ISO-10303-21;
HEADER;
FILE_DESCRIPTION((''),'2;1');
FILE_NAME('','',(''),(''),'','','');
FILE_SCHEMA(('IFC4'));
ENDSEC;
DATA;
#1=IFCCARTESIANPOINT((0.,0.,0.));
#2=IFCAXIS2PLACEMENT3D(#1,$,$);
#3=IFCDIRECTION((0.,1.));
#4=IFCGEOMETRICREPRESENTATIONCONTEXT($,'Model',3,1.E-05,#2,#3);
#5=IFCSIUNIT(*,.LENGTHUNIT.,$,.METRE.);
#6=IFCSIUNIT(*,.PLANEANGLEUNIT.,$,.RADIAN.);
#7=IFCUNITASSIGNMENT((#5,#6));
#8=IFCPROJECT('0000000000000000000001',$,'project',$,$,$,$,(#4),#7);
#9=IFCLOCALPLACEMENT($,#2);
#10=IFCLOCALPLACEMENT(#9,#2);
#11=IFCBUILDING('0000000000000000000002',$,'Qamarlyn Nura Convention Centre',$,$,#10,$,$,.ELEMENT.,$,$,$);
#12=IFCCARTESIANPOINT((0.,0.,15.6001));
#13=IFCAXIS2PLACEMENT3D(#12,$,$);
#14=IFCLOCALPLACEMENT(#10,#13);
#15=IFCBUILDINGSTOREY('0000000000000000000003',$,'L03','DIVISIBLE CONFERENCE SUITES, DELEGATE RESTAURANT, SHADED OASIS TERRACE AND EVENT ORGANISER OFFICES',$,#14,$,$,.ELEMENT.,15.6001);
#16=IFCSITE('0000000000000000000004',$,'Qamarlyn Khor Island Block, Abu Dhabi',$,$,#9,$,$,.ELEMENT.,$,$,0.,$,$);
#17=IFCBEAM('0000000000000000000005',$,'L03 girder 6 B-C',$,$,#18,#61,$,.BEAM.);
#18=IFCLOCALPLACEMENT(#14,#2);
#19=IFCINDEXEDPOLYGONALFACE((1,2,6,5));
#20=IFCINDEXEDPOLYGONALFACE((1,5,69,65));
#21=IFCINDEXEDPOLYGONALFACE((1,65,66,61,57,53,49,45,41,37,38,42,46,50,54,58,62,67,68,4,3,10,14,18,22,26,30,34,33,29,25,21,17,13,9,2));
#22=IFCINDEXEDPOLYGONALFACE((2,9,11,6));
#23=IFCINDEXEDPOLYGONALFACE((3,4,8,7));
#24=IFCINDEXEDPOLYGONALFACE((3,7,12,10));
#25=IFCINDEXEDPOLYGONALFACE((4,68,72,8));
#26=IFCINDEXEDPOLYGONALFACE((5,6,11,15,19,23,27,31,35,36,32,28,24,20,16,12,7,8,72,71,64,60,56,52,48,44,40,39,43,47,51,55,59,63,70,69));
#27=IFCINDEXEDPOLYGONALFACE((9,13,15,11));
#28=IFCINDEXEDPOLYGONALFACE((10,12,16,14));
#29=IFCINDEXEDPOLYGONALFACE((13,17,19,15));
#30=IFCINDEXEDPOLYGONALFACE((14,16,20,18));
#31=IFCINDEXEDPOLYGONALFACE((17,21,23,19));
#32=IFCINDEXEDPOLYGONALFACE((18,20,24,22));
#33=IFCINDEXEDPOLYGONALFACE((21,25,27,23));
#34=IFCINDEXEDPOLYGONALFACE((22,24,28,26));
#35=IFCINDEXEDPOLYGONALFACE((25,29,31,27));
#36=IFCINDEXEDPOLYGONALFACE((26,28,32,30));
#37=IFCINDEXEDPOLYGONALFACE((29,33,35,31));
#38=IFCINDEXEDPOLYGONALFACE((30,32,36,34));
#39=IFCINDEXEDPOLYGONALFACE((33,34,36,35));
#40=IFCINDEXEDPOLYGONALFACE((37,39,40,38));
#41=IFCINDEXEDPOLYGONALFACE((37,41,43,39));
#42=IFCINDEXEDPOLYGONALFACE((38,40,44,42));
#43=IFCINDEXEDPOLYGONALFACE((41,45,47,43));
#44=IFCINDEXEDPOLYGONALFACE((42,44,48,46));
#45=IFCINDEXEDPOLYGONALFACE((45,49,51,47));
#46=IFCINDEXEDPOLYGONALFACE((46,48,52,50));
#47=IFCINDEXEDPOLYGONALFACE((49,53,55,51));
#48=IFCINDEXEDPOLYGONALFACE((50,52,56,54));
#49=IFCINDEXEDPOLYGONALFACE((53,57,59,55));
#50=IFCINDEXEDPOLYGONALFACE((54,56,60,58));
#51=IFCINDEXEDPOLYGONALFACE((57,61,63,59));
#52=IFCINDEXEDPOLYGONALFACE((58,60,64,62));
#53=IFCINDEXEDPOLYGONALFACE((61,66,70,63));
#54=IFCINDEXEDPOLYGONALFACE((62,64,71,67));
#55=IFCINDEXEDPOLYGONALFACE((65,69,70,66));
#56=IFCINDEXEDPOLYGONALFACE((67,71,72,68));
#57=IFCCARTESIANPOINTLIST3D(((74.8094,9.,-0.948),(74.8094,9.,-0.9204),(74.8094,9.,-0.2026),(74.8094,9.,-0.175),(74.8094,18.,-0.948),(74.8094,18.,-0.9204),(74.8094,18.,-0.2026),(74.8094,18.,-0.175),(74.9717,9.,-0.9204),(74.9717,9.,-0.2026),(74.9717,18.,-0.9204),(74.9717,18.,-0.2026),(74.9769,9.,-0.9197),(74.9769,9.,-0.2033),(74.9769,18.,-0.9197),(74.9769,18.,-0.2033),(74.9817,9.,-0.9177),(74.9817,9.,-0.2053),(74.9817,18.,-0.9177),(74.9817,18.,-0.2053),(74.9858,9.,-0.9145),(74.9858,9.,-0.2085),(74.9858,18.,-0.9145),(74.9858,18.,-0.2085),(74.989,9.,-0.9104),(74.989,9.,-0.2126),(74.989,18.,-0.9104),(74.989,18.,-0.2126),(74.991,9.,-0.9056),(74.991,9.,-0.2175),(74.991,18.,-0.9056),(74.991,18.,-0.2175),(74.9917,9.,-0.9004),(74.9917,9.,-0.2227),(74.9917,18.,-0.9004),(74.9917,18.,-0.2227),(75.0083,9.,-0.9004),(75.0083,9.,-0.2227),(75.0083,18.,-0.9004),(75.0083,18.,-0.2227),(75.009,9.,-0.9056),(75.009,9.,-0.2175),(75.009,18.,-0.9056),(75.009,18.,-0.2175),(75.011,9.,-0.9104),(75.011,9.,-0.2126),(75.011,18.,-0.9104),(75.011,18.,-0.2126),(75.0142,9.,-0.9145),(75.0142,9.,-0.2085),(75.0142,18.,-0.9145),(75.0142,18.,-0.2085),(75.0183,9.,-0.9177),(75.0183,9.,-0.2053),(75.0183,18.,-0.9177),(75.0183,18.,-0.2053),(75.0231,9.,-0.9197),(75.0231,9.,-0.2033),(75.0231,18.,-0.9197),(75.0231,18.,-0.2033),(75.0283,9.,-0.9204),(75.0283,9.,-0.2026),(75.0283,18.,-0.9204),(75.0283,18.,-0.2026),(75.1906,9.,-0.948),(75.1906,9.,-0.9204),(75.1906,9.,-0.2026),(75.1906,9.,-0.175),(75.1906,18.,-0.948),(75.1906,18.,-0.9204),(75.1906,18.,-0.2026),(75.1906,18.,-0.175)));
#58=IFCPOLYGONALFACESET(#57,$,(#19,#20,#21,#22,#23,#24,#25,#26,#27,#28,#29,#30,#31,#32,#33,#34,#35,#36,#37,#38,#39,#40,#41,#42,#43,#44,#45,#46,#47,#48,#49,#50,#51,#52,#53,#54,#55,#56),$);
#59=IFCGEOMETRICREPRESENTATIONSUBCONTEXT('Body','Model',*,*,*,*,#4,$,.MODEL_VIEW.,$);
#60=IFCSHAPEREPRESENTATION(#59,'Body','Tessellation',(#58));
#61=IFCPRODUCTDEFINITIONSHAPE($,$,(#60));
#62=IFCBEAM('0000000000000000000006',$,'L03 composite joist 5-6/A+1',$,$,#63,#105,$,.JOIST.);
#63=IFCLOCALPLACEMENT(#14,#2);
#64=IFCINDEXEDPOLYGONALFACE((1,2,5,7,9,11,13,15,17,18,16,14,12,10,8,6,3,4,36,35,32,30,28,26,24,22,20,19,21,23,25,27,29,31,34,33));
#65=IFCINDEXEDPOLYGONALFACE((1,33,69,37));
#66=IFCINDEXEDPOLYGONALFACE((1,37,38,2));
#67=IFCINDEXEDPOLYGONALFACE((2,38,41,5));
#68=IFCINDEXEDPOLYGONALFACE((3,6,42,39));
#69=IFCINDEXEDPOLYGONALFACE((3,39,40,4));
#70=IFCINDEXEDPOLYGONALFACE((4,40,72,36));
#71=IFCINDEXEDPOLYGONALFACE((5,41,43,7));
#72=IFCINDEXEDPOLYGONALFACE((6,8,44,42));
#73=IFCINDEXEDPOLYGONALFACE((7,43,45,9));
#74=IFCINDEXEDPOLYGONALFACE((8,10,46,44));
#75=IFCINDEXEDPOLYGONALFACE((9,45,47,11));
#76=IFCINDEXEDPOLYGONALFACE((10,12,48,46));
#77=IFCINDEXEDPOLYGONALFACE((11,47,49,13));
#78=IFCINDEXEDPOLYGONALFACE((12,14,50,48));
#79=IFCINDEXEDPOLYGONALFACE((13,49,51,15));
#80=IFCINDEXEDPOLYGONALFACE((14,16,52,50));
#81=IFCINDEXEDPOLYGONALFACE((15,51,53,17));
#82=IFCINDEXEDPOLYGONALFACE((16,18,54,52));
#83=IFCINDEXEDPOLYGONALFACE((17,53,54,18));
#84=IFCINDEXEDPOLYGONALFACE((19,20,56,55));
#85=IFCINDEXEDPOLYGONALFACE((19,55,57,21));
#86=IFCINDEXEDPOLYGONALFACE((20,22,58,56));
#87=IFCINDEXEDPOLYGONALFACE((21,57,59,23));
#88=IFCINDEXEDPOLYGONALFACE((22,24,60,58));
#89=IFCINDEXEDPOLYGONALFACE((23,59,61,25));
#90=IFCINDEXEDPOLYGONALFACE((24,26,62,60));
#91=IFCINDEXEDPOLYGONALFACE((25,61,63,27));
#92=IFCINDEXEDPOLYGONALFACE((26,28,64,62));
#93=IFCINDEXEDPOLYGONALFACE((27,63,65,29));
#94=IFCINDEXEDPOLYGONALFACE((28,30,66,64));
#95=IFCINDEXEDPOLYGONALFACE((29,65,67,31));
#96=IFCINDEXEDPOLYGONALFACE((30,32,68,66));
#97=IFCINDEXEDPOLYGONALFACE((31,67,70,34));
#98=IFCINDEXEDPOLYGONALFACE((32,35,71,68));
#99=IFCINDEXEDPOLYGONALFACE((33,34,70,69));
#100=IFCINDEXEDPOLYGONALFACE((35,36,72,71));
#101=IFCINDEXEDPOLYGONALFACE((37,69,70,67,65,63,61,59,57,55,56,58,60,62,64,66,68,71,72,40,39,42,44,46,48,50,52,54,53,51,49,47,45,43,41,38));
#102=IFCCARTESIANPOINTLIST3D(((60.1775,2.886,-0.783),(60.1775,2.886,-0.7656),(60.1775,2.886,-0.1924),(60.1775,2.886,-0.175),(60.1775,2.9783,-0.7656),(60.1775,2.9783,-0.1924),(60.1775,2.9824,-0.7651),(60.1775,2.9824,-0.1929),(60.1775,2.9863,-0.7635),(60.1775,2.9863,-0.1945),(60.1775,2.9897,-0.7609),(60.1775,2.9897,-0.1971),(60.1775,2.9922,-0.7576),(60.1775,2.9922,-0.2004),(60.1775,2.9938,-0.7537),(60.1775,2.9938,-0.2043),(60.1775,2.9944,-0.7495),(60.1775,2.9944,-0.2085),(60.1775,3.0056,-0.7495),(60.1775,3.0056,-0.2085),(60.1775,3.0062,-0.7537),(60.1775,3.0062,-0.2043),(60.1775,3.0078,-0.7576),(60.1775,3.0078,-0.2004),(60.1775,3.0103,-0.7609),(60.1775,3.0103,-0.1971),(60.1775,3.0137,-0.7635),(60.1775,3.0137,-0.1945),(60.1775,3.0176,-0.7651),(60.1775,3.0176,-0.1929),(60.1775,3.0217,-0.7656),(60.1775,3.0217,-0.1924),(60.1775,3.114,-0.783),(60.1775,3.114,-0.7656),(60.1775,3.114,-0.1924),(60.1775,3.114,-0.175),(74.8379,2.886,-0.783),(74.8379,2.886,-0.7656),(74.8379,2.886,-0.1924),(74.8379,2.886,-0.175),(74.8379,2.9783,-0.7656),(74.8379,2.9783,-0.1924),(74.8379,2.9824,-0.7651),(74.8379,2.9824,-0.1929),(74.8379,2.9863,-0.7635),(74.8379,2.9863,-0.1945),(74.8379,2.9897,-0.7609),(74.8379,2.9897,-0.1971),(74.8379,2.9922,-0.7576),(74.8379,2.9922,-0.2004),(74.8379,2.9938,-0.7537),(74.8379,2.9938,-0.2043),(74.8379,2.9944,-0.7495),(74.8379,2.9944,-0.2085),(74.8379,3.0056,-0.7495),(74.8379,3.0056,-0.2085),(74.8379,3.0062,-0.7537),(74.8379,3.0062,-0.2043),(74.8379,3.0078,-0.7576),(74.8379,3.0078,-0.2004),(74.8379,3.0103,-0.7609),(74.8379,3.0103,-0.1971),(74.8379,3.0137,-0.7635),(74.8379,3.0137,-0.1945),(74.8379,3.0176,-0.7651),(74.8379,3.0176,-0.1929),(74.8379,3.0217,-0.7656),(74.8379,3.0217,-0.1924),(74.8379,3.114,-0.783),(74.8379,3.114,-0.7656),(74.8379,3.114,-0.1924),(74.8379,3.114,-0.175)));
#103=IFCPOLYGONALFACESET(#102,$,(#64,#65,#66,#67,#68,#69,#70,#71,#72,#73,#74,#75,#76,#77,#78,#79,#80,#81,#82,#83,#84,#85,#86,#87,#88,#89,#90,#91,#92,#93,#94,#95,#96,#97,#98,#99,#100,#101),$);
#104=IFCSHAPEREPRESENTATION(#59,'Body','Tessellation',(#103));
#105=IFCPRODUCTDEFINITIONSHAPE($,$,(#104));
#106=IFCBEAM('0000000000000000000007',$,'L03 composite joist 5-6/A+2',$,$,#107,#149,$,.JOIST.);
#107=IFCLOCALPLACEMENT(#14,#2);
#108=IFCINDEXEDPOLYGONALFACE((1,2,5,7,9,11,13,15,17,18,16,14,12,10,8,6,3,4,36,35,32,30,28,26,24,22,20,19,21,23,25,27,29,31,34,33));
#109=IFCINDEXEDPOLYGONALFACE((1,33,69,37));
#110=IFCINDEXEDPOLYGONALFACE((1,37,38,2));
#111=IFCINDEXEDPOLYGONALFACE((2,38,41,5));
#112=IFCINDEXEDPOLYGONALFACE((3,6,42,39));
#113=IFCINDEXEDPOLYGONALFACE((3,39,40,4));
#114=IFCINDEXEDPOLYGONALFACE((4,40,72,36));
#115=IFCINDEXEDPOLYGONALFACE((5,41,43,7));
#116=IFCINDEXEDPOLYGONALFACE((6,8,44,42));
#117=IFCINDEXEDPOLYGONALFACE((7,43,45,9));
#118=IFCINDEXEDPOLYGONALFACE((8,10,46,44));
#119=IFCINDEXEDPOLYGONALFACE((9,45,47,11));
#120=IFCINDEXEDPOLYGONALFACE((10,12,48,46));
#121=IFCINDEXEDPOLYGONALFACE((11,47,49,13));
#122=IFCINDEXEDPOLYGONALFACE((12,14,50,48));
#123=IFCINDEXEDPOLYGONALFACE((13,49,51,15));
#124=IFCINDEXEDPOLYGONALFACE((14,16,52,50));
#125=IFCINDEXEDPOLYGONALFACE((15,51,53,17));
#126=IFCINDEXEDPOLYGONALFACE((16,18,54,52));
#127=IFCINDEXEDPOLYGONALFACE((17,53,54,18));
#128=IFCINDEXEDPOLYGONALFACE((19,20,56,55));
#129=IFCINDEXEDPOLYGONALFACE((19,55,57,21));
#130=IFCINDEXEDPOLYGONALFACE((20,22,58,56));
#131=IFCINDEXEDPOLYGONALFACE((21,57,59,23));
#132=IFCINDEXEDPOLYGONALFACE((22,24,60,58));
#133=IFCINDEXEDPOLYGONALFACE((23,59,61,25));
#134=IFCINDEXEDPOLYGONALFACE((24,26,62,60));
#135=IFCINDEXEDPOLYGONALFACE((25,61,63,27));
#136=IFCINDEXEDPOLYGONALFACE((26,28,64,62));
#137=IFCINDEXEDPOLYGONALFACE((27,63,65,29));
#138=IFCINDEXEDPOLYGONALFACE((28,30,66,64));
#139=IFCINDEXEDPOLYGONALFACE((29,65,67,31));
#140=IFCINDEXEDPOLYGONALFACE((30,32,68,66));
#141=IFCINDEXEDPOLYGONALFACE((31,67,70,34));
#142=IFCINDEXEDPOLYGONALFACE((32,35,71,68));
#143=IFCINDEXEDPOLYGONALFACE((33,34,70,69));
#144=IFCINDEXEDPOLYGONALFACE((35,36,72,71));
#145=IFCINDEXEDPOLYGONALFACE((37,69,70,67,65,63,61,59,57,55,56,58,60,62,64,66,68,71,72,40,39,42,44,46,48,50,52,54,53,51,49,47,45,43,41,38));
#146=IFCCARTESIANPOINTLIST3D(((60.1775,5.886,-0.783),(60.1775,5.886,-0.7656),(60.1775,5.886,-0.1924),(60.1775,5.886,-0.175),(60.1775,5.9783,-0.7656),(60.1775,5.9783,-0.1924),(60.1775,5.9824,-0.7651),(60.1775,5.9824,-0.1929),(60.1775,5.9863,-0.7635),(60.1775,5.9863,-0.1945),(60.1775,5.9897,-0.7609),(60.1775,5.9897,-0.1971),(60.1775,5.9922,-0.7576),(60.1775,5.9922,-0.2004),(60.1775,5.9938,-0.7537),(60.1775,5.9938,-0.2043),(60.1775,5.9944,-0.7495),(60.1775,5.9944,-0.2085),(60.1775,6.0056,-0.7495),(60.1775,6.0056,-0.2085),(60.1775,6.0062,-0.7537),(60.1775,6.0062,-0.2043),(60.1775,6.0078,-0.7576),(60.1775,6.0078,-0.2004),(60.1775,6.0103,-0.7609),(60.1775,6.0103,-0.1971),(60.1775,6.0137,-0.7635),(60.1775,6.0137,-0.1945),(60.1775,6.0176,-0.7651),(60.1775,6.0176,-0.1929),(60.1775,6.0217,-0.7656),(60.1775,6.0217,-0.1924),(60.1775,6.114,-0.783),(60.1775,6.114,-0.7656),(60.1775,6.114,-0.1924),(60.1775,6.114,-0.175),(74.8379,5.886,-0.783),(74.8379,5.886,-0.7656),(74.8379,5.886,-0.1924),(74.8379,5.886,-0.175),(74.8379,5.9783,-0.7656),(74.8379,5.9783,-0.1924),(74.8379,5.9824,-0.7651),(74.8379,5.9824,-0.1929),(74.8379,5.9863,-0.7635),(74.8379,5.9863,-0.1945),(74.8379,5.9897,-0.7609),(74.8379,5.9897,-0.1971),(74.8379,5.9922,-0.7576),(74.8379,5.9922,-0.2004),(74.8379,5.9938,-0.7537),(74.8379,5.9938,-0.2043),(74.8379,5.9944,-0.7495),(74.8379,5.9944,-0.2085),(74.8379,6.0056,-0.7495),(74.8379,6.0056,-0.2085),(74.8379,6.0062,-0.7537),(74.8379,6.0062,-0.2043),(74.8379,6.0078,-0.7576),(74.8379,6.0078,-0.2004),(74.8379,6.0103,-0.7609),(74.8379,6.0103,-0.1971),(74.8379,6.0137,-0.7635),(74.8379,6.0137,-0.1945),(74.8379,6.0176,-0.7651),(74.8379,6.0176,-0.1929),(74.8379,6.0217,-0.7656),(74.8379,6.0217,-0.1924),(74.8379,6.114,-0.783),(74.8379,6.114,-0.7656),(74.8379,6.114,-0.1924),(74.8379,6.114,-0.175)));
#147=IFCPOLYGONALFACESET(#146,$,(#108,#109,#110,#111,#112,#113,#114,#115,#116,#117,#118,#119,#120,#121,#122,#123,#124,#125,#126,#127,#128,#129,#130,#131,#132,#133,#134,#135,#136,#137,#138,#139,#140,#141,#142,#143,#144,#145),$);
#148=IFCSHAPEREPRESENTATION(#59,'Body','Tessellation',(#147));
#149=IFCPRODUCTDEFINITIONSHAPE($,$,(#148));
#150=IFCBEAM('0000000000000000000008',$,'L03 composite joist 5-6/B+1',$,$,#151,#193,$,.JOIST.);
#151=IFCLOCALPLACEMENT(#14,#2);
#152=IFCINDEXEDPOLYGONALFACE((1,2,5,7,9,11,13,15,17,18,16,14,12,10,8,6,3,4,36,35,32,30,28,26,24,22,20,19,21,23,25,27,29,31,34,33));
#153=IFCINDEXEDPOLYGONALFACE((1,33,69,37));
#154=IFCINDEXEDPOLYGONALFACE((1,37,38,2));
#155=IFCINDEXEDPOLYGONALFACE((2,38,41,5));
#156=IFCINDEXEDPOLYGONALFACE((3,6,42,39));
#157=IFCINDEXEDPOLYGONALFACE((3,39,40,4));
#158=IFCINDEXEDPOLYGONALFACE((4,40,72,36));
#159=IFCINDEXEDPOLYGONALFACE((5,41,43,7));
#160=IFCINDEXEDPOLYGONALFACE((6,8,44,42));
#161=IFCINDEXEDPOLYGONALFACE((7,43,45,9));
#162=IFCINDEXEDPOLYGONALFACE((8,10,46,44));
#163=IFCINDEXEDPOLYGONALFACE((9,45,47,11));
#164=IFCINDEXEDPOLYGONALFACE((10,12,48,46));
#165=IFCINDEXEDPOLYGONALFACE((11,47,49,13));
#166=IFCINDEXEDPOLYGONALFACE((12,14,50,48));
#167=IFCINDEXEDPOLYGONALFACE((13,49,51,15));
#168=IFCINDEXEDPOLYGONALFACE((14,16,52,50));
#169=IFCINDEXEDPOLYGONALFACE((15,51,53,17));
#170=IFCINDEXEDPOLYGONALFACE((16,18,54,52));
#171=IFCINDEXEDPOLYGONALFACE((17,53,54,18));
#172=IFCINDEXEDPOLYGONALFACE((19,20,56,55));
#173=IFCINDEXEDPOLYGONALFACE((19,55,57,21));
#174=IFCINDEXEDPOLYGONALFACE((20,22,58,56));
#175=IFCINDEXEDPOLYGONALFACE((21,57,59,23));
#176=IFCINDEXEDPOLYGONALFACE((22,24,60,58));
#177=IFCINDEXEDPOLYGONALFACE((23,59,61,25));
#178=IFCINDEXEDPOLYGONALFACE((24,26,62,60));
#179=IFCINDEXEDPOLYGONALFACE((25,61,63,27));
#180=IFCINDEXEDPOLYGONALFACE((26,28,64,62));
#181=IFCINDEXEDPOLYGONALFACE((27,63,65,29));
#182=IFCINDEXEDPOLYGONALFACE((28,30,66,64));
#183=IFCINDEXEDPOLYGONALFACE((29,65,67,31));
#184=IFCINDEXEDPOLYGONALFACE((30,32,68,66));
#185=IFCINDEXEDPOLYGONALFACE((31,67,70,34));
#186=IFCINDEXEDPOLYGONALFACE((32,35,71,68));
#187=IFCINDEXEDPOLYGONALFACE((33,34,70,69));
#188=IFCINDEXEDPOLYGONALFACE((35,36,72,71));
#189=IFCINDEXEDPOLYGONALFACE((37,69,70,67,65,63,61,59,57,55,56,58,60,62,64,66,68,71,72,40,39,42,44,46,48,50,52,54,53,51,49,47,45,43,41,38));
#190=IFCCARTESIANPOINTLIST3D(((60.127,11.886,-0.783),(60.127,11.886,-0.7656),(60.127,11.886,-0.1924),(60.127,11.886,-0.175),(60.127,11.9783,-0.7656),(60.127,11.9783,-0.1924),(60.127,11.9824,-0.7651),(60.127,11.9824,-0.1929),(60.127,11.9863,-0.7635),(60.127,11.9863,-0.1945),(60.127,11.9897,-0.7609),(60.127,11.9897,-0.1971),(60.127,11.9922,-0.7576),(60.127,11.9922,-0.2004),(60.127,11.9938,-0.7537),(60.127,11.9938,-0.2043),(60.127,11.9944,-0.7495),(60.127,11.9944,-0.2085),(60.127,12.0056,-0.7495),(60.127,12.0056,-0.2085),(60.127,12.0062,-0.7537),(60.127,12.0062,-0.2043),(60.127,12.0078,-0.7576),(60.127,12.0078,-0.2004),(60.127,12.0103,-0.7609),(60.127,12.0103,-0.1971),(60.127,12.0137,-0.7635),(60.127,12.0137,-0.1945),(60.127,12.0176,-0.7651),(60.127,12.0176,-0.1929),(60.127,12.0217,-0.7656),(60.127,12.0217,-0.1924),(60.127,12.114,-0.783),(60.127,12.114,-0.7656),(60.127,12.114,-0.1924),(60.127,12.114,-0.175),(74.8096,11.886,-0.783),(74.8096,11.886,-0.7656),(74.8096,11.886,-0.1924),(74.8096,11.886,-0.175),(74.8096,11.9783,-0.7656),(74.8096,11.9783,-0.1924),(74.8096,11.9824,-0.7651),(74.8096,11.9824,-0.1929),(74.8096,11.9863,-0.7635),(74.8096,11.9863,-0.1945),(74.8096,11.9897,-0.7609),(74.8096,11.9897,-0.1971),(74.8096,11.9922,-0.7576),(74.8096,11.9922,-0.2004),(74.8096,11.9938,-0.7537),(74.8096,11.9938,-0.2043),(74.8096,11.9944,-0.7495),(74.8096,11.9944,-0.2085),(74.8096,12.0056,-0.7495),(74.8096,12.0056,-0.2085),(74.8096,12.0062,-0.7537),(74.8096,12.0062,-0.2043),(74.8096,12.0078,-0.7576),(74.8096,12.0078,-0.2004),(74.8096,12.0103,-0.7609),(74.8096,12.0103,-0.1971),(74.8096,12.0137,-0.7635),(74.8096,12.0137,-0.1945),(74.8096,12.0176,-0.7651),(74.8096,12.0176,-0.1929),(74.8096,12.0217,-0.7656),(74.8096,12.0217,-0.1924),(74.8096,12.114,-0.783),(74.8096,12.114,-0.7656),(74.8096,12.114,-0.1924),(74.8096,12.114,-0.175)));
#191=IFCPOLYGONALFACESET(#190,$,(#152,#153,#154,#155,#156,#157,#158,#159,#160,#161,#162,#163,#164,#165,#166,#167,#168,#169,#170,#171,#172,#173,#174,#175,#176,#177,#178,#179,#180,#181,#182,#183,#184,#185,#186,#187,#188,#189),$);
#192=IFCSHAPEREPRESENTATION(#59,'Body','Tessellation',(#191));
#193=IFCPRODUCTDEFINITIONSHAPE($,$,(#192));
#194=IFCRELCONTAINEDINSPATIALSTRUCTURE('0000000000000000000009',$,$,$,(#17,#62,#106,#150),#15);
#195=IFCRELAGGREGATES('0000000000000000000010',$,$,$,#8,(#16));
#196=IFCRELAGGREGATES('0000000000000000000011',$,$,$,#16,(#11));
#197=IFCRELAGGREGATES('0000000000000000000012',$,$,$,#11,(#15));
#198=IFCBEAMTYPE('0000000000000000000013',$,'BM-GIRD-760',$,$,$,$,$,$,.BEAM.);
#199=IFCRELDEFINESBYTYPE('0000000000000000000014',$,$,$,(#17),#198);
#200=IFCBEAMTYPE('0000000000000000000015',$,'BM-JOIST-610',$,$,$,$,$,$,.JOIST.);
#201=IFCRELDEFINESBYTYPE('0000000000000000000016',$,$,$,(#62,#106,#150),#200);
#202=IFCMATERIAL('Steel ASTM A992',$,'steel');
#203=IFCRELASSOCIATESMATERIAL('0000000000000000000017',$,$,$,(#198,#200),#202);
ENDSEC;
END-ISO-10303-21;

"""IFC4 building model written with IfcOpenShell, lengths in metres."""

from ifc_helpers import new_model, si_unit, direction, frame, origin, origin_2d, place, context, subcontext, project, spatial, i_section, extrude, material, material_profile, profile_set, type_object, element, save


model = new_model("IFC4")

# Units and contexts
model_context = context("Model", 3, precision=1e-05, world=origin(), true_north=direction((0.0, 1.0)))
body_context = subcontext(model_context, "Body", "Model", "MODEL_VIEW")
ifc_project = project(units=[si_unit("LENGTHUNIT", "METRE"), si_unit("PLANEANGLEUNIT", "RADIAN")], contexts=[model_context])

# Site, building, storey
site_placement = place(None, origin())
site = spatial("IfcSite", under=ifc_project, at=site_placement, Name="Qamarlyn Khor Island Block, Abu Dhabi", CompositionType="ELEMENT", RefElevation=0.0)
building_placement = place(site_placement, origin())
building = spatial("IfcBuilding", under=site, at=building_placement, Name="Qamarlyn Nura Convention Centre", CompositionType="ELEMENT")
storey_placement = place(building_placement, frame((0.0, 0.0, 15.6001)))
storey = spatial("IfcBuildingStorey", under=building, at=storey_placement, Name="L03", Description="DIVISIBLE CONFERENCE SUITES, DELEGATE RESTAURANT, SHADED OASIS TERRACE AND EVENT ORGANISER OFFICES", CompositionType="ELEMENT", Elevation=15.6001)

# Beams
ifc_material_1 = material(Name="Steel ASTM A992", Category="steel")
ifc_material_profile_1 = material_profile(ifc_material_1, i_section(OverallWidth=0.3811, OverallDepth=0.7729, WebThickness=0.0166, FlangeThickness=0.0276, FilletRadius=0.02, at=origin_2d()), Name="W760X257")
ifc_profile_set_1 = profile_set([ifc_material_profile_1], Name="Steel ASTM A992")
beam_type_1 = type_object("IfcBeamType", Name="BM-GIRD-760", PredefinedType="BEAM", material=ifc_profile_set_1)
beam_1_placement = place(storey_placement, frame((75.0, 9.0, -0.5615), z_axis=(0.0, 1.0, 0.0), x_axis=(-1.0, 0.0, 0.0)))
element("IfcBeam", 1, at=beam_1_placement, inside=storey, type_object=beam_type_1, Name="L03 girder 6 B-C", PredefinedType="BEAM", context=body_context, shape_type="SweptSolid", body=[
    extrude(i_section(OverallWidth=0.3811, OverallDepth=0.7729, WebThickness=0.0166, FlangeThickness=0.0276, FilletRadius=0.02, at=origin_2d()), origin(), (0.0, 0.0, 1.0), 9.0),
])
ifc_material_profile_2 = material_profile(ifc_material_1, i_section(OverallWidth=0.228, OverallDepth=0.6079, WebThickness=0.0112, FlangeThickness=0.0173, FilletRadius=0.0161, at=origin_2d()), Name="W610X113")
ifc_profile_set_2 = profile_set([ifc_material_profile_2], Name="Steel ASTM A992")
beam_type_2 = type_object("IfcBeamType", Name="BM-JOIST-610", PredefinedType="JOIST", material=ifc_profile_set_2)
for number, where, z_axis, x_axis, name in (
    (2, (60.1775, 3.0, -0.479), (1.0, 0.0, 0.0), (0.0, 1.0, 0.0), "L03 composite joist 5-6/A+1"),
    (3, (60.1775, 6.0, -0.479), (1.0, 0.0, 0.0), (0.0, 1.0, 0.0), "L03 composite joist 5-6/A+2"),
):
    element("IfcBeam", number, at=place(storey_placement, frame(where, z_axis=z_axis, x_axis=x_axis)), inside=storey, type_object=beam_type_2, Name=name, PredefinedType="JOIST", context=body_context, shape_type="SweptSolid", body=[
        extrude(i_section(OverallWidth=0.228, OverallDepth=0.6079, WebThickness=0.0112, FlangeThickness=0.0173, FilletRadius=0.0161, at=origin_2d()), origin(), (0.0, 0.0, 1.0), 14.6604),
    ])
beam_2_placement = place(storey_placement, frame((60.127, 12.0, -0.479), z_axis=(1.0, 0.0, 0.0), x_axis=(0.0, 1.0, 0.0)))
element("IfcBeam", 4, at=beam_2_placement, inside=storey, type_object=beam_type_2, Name="L03 composite joist 5-6/B+1", PredefinedType="JOIST", context=body_context, shape_type="SweptSolid", body=[
    extrude(i_section(OverallWidth=0.228, OverallDepth=0.6079, WebThickness=0.0112, FlangeThickness=0.0173, FilletRadius=0.0161, at=origin_2d()), origin(), (0.0, 0.0, 1.0), 14.6826),
])

save(model, "model.ifc")
